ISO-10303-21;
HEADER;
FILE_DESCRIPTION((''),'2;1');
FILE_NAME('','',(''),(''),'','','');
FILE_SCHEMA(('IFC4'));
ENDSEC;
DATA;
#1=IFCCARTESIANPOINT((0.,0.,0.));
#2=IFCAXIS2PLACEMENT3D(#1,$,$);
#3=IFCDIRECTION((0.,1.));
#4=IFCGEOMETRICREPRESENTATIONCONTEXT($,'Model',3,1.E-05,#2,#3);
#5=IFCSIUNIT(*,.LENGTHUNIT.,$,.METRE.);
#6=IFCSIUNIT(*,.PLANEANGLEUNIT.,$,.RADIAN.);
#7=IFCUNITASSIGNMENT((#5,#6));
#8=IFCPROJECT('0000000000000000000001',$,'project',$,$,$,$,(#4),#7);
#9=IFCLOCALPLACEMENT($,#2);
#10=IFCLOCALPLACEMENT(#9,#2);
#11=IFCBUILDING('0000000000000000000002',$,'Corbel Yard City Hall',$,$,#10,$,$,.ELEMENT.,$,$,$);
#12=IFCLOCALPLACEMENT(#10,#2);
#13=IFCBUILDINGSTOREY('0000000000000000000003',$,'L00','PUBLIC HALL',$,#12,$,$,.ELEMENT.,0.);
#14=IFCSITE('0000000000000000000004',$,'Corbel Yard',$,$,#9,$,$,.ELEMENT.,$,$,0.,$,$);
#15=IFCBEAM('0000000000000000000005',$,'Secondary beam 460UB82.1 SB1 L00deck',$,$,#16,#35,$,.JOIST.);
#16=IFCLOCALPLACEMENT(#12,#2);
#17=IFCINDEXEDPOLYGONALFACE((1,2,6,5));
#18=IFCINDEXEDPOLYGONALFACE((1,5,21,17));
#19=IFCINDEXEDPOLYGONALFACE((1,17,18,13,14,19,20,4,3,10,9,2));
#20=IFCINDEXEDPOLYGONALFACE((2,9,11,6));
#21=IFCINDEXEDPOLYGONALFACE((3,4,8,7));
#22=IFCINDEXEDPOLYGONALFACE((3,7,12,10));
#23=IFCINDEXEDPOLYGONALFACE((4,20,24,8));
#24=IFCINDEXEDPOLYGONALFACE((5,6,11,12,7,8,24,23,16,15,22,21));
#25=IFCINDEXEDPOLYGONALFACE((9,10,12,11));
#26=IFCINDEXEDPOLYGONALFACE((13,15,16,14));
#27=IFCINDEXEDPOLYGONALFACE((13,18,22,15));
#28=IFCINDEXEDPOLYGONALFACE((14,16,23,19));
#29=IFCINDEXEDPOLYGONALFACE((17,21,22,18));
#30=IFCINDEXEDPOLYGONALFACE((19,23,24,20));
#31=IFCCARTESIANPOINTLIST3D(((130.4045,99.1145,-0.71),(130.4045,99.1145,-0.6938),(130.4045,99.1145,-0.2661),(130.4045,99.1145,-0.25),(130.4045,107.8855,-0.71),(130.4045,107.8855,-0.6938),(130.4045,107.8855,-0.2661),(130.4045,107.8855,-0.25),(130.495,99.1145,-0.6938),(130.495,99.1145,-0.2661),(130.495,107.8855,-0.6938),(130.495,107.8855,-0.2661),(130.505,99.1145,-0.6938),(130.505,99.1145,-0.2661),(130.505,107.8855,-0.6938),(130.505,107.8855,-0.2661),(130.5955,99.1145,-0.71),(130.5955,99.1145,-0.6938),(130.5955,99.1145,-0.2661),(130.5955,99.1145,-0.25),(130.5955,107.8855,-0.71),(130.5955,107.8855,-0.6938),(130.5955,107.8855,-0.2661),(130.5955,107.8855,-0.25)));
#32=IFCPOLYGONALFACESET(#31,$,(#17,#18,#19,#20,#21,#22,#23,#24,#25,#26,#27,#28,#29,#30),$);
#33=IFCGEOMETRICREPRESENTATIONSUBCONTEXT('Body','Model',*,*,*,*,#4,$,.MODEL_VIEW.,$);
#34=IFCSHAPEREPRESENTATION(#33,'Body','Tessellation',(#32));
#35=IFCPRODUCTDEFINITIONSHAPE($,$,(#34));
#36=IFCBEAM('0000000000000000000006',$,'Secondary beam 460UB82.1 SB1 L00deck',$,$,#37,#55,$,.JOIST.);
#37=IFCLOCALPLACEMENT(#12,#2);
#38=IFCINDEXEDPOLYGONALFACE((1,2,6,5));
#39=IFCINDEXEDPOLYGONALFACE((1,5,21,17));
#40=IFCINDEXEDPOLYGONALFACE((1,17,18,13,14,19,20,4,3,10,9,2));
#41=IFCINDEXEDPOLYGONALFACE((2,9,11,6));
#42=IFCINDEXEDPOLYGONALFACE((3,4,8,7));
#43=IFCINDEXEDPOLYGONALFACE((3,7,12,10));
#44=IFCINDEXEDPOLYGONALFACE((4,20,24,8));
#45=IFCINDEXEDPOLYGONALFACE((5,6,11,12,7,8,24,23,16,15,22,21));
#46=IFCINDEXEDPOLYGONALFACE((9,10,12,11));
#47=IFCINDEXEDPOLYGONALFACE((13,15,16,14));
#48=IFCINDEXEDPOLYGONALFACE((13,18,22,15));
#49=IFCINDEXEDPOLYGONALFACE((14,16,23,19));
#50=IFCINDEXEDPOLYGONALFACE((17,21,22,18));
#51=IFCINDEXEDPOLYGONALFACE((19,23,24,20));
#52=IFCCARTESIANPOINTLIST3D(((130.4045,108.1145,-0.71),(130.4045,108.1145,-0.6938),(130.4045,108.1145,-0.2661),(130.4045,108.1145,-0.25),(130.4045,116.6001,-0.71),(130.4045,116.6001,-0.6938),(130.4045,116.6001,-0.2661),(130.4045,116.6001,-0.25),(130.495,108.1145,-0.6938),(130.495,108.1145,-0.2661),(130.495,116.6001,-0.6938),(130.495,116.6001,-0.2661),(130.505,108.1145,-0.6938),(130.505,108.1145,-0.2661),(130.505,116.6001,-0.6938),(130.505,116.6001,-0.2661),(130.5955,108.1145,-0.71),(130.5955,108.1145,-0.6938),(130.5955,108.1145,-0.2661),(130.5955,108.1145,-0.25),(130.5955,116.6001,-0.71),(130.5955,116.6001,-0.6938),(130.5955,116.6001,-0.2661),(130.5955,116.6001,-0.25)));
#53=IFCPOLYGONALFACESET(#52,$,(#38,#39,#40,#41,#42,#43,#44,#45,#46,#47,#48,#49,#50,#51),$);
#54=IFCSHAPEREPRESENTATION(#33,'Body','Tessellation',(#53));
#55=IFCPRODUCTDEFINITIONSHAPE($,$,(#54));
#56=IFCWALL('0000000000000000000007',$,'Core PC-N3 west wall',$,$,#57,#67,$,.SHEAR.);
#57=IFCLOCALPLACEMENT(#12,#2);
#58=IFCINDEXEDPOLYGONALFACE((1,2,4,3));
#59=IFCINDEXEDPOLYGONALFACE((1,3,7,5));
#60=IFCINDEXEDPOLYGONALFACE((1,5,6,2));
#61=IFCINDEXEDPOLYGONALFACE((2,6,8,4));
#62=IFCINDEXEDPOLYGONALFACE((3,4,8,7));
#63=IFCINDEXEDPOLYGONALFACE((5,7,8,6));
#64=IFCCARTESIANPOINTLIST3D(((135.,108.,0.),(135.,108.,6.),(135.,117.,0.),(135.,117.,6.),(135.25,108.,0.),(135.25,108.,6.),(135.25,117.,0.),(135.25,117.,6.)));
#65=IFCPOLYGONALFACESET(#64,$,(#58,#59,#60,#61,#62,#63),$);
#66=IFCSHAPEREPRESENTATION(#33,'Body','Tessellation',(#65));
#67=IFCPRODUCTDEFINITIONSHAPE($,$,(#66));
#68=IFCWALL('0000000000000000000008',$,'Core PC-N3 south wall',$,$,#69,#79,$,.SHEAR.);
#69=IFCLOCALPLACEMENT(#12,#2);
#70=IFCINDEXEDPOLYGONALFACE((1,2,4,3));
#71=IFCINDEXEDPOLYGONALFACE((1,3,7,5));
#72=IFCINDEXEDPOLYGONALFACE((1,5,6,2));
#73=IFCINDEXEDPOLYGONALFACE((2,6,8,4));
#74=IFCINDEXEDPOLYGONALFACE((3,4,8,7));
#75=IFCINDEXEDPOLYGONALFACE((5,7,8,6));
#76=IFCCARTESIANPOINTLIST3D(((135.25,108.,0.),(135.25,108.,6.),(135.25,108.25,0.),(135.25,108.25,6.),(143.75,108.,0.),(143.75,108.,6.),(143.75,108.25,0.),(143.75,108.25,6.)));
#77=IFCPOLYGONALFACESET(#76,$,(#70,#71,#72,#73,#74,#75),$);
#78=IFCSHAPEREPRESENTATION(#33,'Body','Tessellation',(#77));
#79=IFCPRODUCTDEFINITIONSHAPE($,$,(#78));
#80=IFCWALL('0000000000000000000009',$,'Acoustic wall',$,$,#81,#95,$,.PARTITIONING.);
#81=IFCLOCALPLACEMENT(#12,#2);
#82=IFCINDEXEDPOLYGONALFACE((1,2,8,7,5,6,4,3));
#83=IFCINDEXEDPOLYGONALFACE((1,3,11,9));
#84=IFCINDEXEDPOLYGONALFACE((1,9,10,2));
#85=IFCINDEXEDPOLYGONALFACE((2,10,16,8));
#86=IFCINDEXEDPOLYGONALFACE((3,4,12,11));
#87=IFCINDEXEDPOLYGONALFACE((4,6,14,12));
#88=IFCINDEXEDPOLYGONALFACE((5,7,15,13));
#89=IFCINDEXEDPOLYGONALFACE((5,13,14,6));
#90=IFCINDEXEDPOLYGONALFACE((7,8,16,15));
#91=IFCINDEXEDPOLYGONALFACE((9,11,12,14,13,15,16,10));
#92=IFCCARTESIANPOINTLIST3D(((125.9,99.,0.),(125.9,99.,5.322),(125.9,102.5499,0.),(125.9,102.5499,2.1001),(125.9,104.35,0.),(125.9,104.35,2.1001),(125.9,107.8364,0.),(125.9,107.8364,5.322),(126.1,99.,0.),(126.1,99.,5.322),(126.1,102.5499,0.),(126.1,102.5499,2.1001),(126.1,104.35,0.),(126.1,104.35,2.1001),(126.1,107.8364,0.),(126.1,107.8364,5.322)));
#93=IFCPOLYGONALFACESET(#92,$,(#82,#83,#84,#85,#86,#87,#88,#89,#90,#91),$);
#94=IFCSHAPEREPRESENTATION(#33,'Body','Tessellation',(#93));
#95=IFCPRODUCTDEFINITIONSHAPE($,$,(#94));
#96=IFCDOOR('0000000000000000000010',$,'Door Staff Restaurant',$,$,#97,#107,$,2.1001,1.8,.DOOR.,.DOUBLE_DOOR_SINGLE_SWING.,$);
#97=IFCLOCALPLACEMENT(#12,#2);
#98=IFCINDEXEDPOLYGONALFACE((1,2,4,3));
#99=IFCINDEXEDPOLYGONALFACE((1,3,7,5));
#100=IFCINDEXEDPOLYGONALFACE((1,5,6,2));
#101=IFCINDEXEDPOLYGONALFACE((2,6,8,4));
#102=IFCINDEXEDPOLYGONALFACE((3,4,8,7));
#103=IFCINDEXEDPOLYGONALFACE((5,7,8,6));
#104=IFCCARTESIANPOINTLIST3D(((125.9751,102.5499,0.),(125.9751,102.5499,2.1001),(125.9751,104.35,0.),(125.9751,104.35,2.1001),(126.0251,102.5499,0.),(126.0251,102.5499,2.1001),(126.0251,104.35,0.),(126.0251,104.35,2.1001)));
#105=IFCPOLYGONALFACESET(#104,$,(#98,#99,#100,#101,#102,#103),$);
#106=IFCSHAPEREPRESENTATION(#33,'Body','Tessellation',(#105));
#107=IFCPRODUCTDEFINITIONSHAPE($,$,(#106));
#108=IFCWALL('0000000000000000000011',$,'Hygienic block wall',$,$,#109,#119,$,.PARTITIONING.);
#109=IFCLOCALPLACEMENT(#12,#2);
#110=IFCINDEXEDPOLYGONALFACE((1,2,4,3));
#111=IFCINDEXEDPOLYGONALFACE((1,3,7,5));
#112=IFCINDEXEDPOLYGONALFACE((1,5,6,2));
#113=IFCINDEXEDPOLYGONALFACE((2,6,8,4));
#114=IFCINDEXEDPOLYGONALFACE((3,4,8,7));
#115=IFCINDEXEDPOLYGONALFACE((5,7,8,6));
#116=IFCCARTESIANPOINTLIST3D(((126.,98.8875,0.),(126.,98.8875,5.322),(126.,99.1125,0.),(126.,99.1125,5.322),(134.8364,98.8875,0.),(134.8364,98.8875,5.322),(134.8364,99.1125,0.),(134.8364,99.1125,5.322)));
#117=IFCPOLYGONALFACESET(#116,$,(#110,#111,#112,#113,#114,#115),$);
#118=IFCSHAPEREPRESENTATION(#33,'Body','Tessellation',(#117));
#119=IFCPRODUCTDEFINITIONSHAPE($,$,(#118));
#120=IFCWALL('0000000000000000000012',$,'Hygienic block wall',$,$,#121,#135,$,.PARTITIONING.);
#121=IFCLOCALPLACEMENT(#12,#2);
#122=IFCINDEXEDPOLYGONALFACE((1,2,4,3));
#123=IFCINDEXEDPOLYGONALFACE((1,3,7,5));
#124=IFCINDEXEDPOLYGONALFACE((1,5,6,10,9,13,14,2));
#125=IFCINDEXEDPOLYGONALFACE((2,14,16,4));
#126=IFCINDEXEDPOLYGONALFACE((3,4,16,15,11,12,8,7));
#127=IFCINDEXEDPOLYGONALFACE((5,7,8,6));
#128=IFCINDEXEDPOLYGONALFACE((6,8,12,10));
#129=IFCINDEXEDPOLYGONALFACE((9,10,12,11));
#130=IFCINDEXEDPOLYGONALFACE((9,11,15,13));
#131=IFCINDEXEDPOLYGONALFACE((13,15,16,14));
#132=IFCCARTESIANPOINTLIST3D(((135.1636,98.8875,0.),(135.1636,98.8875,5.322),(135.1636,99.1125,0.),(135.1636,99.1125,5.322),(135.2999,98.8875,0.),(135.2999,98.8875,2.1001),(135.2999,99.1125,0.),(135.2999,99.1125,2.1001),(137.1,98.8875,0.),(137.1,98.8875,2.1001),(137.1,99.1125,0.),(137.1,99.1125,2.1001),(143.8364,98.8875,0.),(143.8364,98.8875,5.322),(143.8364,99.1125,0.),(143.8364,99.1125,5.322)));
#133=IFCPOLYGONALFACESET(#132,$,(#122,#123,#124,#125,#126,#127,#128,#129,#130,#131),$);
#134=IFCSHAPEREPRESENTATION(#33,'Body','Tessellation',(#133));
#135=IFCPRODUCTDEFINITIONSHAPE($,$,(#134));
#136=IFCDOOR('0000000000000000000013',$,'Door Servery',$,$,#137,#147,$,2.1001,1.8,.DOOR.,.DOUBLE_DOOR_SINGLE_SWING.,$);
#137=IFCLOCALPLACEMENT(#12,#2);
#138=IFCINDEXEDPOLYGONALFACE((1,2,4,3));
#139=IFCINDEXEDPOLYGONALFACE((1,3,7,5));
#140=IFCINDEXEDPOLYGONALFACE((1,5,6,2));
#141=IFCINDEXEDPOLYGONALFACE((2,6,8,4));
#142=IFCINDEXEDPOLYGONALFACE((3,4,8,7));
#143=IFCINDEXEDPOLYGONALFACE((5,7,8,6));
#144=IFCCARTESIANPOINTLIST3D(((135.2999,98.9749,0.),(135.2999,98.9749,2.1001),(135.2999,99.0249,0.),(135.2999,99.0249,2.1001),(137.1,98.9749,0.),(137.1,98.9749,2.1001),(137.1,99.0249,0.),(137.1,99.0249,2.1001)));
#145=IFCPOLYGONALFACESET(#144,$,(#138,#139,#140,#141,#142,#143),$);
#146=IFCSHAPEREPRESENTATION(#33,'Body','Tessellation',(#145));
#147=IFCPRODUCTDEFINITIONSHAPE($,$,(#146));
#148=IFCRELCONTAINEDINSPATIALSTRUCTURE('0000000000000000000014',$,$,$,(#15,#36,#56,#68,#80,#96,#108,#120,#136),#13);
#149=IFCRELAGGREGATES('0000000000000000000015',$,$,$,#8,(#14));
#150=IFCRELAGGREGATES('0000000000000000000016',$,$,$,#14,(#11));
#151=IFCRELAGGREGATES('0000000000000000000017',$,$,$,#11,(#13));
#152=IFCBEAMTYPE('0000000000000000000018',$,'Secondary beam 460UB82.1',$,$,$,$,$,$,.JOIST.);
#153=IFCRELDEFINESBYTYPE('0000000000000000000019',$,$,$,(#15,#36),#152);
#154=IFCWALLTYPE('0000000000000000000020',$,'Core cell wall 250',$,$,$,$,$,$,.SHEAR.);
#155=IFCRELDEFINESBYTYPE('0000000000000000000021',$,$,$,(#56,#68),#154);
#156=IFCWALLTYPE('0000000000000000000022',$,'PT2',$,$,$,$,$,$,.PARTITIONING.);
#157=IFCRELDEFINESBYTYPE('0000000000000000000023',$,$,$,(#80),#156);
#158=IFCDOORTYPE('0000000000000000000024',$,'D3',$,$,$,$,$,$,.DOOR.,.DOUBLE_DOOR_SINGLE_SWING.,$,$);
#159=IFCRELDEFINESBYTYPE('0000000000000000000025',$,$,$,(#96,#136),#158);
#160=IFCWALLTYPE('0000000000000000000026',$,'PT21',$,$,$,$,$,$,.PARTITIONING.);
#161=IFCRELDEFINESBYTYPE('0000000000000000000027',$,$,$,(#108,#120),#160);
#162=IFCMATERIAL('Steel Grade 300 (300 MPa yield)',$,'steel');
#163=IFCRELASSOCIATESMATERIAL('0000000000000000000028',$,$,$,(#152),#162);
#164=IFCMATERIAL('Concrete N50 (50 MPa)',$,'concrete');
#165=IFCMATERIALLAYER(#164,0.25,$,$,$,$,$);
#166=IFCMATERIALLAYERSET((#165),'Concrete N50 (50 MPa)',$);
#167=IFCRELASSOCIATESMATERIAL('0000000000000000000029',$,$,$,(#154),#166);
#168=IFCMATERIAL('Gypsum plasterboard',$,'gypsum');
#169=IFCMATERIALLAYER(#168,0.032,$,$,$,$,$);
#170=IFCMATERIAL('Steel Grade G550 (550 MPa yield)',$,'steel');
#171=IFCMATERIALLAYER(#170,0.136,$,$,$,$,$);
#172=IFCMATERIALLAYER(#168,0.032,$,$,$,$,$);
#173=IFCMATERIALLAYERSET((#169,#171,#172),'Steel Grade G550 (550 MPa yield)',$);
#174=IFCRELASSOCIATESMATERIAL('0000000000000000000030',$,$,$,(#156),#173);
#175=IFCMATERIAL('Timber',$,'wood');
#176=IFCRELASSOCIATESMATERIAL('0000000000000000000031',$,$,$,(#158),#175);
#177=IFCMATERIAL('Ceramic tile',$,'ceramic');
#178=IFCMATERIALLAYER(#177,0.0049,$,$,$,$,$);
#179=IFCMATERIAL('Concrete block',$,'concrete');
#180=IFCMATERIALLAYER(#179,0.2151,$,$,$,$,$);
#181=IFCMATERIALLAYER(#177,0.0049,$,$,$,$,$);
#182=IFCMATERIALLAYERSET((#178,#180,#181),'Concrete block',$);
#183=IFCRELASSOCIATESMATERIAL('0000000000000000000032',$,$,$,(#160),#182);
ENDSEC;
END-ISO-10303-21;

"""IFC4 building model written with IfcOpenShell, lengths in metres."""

from ifc_helpers import new_model, si_unit, direction, frame, frame_2d, origin, origin_2d, place, context, subcontext, project, spatial, rectangle, i_section, extrude, material, layer, layer_set, material_profile, profile_set, type_object, element, fill, save


model = new_model("IFC4")

# Units and contexts
model_context = context("Model", 3, precision=1e-05, world=origin(), true_north=direction((0.0, 1.0)))
body_context = subcontext(model_context, "Body", "Model", "MODEL_VIEW")
ifc_project = project(units=[si_unit("LENGTHUNIT", "METRE"), si_unit("PLANEANGLEUNIT", "RADIAN")], contexts=[model_context])

# Site, building, storey
site_placement = place(None, origin())
site = spatial("IfcSite", under=ifc_project, at=site_placement, Name="Corbel Yard", CompositionType="ELEMENT", RefElevation=0.0)
building_placement = place(site_placement, origin())
building = spatial("IfcBuilding", under=site, at=building_placement, Name="Corbel Yard City Hall", CompositionType="ELEMENT")
storey_placement = place(building_placement, origin())
storey = spatial("IfcBuildingStorey", under=building, at=storey_placement, Name="L00", Description="PUBLIC HALL", CompositionType="ELEMENT", Elevation=0.0)

# Shared definitions
ifc_material_1 = material(Name="Steel Grade 300 (300 MPa yield)", Category="steel")

# Beams
ifc_material_profile_1 = material_profile(ifc_material_1, i_section(OverallWidth=0.1909, OverallDepth=0.46, WebThickness=0.01, FlangeThickness=0.0161, at=origin_2d()), Name="460UB82.1")
ifc_profile_set_1 = profile_set([ifc_material_profile_1], Name="Steel Grade 300 (300 MPa yield)")
beam_type_1 = type_object("IfcBeamType", Name="Secondary beam 460UB82.1", PredefinedType="JOIST", material=ifc_profile_set_1)
beam_1_placement = place(storey_placement, frame((130.5, 99.1145, -0.48), z_axis=(0.0, 1.0, 0.0), x_axis=(-1.0, 0.0, 0.0)))
element("IfcBeam", 1, at=beam_1_placement, inside=storey, type_object=beam_type_1, Name="Secondary beam 460UB82.1 SB1 L00deck", PredefinedType="JOIST", context=body_context, shape_type="SweptSolid", body=[
    extrude(i_section(OverallWidth=0.1909, OverallDepth=0.46, WebThickness=0.01, FlangeThickness=0.0161, at=origin_2d()), origin(), (0.0, 0.0, 1.0), 8.771),
])
beam_2_placement = place(storey_placement, frame((130.5, 108.1145, -0.48), z_axis=(0.0, 1.0, 0.0), x_axis=(-1.0, 0.0, 0.0)))
element("IfcBeam", 2, at=beam_2_placement, inside=storey, type_object=beam_type_1, Name="Secondary beam 460UB82.1 SB1 L00deck", PredefinedType="JOIST", context=body_context, shape_type="SweptSolid", body=[
    extrude(i_section(OverallWidth=0.1909, OverallDepth=0.46, WebThickness=0.01, FlangeThickness=0.0161, at=origin_2d()), origin(), (0.0, 0.0, 1.0), 8.4856),
])

# Walls
ifc_material_2 = material(Name="Concrete N50 (50 MPa)", Category="concrete")
ifc_layer_1 = layer(ifc_material_2, 0.25)
ifc_layer_set_1 = layer_set([ifc_layer_1], Name="Concrete N50 (50 MPa)")
wall_type_1 = type_object("IfcWallType", Name="Core cell wall 250", PredefinedType="SHEAR", material=ifc_layer_set_1)
wall_1_placement = place(storey_placement, frame((135.125, 108.0, 0.0), z_axis=(0.0, 0.0, 1.0), x_axis=(0.0, 1.0, 0.0)))
element("IfcWall", 3, at=wall_1_placement, inside=storey, type_object=wall_type_1, Name="Core PC-N3 west wall", PredefinedType="SHEAR", context=body_context, shape_type="SweptSolid", body=[
    extrude(rectangle(XDim=9.0, YDim=0.25, at=frame_2d((4.5, 0.0))), origin(), (0.0, 0.0, 1.0), 6.0),
])
wall_2_placement = place(storey_placement, frame((135.25, 108.125, 0.0), z_axis=(0.0, 0.0, 1.0), x_axis=(1.0, 0.0, 0.0)))
element("IfcWall", 4, at=wall_2_placement, inside=storey, type_object=wall_type_1, Name="Core PC-N3 south wall", PredefinedType="SHEAR", context=body_context, shape_type="SweptSolid", body=[
    extrude(rectangle(XDim=8.5, YDim=0.25, at=frame_2d((4.25, 0.0))), origin(), (0.0, 0.0, 1.0), 6.0),
])

# Wall, opening, door
ifc_material_3 = material(Name="Gypsum plasterboard", Category="gypsum")
ifc_layer_2 = layer(ifc_material_3, 0.032)
ifc_material_4 = material(Name="Steel Grade G550 (550 MPa yield)", Category="steel")
ifc_layer_3 = layer(ifc_material_4, 0.136)
ifc_layer_4 = layer(ifc_material_3, 0.032)
ifc_layer_set_2 = layer_set([ifc_layer_2, ifc_layer_3, ifc_layer_4], Name="Steel Grade G550 (550 MPa yield)")
wall_type_2 = type_object("IfcWallType", Name="PT2", PredefinedType="PARTITIONING", material=ifc_layer_set_2)
wall_3_placement = place(storey_placement, frame((126.0, 99.0, 0.0), z_axis=(0.0, 0.0, 1.0), x_axis=(0.0, 1.0, 0.0)))
wall_3 = element("IfcWall", 5, at=wall_3_placement, inside=storey, type_object=wall_type_2, Name="Acoustic wall", PredefinedType="PARTITIONING", context=body_context, shape_type="SweptSolid", body=[
    extrude(rectangle(XDim=8.8364, YDim=0.2, at=frame_2d((4.4182, 0.0))), origin(), (0.0, 0.0, 1.0), 5.322),
])
opening_1_placement = place(wall_3_placement, frame((3.55, 0.0, 0.0)))
opening_1 = element("IfcOpeningElement", 6, at=opening_1_placement, cuts=wall_3, PredefinedType="OPENING", context=body_context, shape_type="SweptSolid", body=[
    extrude(rectangle(XDim=1.8, YDim=2.1001, at=frame_2d((0.8999, 1.05))), frame((0.0, 0.1099, 0.0), z_axis=(0.0, -1.0, 0.0), x_axis=(1.0, 0.0, 0.0)), (0.0, 0.0, 1.0), 0.22),
])
ifc_material_5 = material(Name="Timber", Category="wood")
door_type_1 = type_object("IfcDoorType", Name="D3", OperationType="DOUBLE_DOOR_SINGLE_SWING", PredefinedType="DOOR", material=ifc_material_5)
door_1_placement = place(opening_1_placement, origin())
door_1 = element("IfcDoor", 7, at=door_1_placement, inside=storey, type_object=door_type_1, Name="Door Staff Restaurant", OperationType="DOUBLE_DOOR_SINGLE_SWING", OverallHeight=2.1001, OverallWidth=1.8, PredefinedType="DOOR", context=body_context, shape_type="SweptSolid", body=[
    extrude(rectangle(XDim=1.8, YDim=2.1001, at=frame_2d((0.8999, 1.05))), frame((0.0, 0.0249, 0.0), z_axis=(0.0, -1.0, 0.0), x_axis=(1.0, 0.0, 0.0)), (0.0, 0.0, 1.0), 0.05),
])
fill(opening_1, door_1)

# Wall
ifc_material_6 = material(Name="Ceramic tile", Category="ceramic")
ifc_layer_5 = layer(ifc_material_6, 0.0049)
ifc_material_7 = material(Name="Concrete block", Category="concrete")
ifc_layer_6 = layer(ifc_material_7, 0.2151)
ifc_layer_7 = layer(ifc_material_6, 0.0049)
ifc_layer_set_3 = layer_set([ifc_layer_5, ifc_layer_6, ifc_layer_7], Name="Concrete block")
wall_type_3 = type_object("IfcWallType", Name="PT21", PredefinedType="PARTITIONING", material=ifc_layer_set_3)
wall_4_placement = place(storey_placement, frame((126.0, 99.0, 0.0), z_axis=(0.0, 0.0, 1.0), x_axis=(1.0, 0.0, 0.0)))
element("IfcWall", 8, at=wall_4_placement, inside=storey, type_object=wall_type_3, Name="Hygienic block wall", PredefinedType="PARTITIONING", context=body_context, shape_type="SweptSolid", body=[
    extrude(rectangle(XDim=8.8364, YDim=0.2251, at=frame_2d((4.4182, 0.0))), origin(), (0.0, 0.0, 1.0), 5.322),
])

# Wall, opening, door
wall_5_placement = place(storey_placement, frame((135.1636, 99.0, 0.0), z_axis=(0.0, 0.0, 1.0), x_axis=(1.0, 0.0, 0.0)))
wall_5 = element("IfcWall", 9, at=wall_5_placement, inside=storey, type_object=wall_type_3, Name="Hygienic block wall", PredefinedType="PARTITIONING", context=body_context, shape_type="SweptSolid", body=[
    extrude(rectangle(XDim=8.6729, YDim=0.2251, at=frame_2d((4.3364, 0.0))), origin(), (0.0, 0.0, 1.0), 5.322),
])
opening_2_placement = place(wall_5_placement, frame((0.1365, 0.0, 0.0)))
opening_2 = element("IfcOpeningElement", 10, at=opening_2_placement, cuts=wall_5, PredefinedType="OPENING", context=body_context, shape_type="SweptSolid", body=[
    extrude(rectangle(XDim=1.8, YDim=2.1001, at=frame_2d((0.8999, 1.05))), frame((0.0, 0.1226, 0.0), z_axis=(0.0, -1.0, 0.0), x_axis=(1.0, 0.0, 0.0)), (0.0, 0.0, 1.0), 0.2451),
])
door_2_placement = place(opening_2_placement, origin())
door_2 = element("IfcDoor", 11, at=door_2_placement, inside=storey, type_object=door_type_1, Name="Door Servery", OperationType="DOUBLE_DOOR_SINGLE_SWING", OverallHeight=2.1001, OverallWidth=1.8, PredefinedType="DOOR", context=body_context, shape_type="SweptSolid", body=[
    extrude(rectangle(XDim=1.8, YDim=2.1001, at=frame_2d((0.8999, 1.05))), frame((0.0, 0.0249, 0.0), z_axis=(0.0, -1.0, 0.0), x_axis=(1.0, 0.0, 0.0)), (0.0, 0.0, 1.0), 0.05),
])
fill(opening_2, door_2)

save(model, "model.ifc")
